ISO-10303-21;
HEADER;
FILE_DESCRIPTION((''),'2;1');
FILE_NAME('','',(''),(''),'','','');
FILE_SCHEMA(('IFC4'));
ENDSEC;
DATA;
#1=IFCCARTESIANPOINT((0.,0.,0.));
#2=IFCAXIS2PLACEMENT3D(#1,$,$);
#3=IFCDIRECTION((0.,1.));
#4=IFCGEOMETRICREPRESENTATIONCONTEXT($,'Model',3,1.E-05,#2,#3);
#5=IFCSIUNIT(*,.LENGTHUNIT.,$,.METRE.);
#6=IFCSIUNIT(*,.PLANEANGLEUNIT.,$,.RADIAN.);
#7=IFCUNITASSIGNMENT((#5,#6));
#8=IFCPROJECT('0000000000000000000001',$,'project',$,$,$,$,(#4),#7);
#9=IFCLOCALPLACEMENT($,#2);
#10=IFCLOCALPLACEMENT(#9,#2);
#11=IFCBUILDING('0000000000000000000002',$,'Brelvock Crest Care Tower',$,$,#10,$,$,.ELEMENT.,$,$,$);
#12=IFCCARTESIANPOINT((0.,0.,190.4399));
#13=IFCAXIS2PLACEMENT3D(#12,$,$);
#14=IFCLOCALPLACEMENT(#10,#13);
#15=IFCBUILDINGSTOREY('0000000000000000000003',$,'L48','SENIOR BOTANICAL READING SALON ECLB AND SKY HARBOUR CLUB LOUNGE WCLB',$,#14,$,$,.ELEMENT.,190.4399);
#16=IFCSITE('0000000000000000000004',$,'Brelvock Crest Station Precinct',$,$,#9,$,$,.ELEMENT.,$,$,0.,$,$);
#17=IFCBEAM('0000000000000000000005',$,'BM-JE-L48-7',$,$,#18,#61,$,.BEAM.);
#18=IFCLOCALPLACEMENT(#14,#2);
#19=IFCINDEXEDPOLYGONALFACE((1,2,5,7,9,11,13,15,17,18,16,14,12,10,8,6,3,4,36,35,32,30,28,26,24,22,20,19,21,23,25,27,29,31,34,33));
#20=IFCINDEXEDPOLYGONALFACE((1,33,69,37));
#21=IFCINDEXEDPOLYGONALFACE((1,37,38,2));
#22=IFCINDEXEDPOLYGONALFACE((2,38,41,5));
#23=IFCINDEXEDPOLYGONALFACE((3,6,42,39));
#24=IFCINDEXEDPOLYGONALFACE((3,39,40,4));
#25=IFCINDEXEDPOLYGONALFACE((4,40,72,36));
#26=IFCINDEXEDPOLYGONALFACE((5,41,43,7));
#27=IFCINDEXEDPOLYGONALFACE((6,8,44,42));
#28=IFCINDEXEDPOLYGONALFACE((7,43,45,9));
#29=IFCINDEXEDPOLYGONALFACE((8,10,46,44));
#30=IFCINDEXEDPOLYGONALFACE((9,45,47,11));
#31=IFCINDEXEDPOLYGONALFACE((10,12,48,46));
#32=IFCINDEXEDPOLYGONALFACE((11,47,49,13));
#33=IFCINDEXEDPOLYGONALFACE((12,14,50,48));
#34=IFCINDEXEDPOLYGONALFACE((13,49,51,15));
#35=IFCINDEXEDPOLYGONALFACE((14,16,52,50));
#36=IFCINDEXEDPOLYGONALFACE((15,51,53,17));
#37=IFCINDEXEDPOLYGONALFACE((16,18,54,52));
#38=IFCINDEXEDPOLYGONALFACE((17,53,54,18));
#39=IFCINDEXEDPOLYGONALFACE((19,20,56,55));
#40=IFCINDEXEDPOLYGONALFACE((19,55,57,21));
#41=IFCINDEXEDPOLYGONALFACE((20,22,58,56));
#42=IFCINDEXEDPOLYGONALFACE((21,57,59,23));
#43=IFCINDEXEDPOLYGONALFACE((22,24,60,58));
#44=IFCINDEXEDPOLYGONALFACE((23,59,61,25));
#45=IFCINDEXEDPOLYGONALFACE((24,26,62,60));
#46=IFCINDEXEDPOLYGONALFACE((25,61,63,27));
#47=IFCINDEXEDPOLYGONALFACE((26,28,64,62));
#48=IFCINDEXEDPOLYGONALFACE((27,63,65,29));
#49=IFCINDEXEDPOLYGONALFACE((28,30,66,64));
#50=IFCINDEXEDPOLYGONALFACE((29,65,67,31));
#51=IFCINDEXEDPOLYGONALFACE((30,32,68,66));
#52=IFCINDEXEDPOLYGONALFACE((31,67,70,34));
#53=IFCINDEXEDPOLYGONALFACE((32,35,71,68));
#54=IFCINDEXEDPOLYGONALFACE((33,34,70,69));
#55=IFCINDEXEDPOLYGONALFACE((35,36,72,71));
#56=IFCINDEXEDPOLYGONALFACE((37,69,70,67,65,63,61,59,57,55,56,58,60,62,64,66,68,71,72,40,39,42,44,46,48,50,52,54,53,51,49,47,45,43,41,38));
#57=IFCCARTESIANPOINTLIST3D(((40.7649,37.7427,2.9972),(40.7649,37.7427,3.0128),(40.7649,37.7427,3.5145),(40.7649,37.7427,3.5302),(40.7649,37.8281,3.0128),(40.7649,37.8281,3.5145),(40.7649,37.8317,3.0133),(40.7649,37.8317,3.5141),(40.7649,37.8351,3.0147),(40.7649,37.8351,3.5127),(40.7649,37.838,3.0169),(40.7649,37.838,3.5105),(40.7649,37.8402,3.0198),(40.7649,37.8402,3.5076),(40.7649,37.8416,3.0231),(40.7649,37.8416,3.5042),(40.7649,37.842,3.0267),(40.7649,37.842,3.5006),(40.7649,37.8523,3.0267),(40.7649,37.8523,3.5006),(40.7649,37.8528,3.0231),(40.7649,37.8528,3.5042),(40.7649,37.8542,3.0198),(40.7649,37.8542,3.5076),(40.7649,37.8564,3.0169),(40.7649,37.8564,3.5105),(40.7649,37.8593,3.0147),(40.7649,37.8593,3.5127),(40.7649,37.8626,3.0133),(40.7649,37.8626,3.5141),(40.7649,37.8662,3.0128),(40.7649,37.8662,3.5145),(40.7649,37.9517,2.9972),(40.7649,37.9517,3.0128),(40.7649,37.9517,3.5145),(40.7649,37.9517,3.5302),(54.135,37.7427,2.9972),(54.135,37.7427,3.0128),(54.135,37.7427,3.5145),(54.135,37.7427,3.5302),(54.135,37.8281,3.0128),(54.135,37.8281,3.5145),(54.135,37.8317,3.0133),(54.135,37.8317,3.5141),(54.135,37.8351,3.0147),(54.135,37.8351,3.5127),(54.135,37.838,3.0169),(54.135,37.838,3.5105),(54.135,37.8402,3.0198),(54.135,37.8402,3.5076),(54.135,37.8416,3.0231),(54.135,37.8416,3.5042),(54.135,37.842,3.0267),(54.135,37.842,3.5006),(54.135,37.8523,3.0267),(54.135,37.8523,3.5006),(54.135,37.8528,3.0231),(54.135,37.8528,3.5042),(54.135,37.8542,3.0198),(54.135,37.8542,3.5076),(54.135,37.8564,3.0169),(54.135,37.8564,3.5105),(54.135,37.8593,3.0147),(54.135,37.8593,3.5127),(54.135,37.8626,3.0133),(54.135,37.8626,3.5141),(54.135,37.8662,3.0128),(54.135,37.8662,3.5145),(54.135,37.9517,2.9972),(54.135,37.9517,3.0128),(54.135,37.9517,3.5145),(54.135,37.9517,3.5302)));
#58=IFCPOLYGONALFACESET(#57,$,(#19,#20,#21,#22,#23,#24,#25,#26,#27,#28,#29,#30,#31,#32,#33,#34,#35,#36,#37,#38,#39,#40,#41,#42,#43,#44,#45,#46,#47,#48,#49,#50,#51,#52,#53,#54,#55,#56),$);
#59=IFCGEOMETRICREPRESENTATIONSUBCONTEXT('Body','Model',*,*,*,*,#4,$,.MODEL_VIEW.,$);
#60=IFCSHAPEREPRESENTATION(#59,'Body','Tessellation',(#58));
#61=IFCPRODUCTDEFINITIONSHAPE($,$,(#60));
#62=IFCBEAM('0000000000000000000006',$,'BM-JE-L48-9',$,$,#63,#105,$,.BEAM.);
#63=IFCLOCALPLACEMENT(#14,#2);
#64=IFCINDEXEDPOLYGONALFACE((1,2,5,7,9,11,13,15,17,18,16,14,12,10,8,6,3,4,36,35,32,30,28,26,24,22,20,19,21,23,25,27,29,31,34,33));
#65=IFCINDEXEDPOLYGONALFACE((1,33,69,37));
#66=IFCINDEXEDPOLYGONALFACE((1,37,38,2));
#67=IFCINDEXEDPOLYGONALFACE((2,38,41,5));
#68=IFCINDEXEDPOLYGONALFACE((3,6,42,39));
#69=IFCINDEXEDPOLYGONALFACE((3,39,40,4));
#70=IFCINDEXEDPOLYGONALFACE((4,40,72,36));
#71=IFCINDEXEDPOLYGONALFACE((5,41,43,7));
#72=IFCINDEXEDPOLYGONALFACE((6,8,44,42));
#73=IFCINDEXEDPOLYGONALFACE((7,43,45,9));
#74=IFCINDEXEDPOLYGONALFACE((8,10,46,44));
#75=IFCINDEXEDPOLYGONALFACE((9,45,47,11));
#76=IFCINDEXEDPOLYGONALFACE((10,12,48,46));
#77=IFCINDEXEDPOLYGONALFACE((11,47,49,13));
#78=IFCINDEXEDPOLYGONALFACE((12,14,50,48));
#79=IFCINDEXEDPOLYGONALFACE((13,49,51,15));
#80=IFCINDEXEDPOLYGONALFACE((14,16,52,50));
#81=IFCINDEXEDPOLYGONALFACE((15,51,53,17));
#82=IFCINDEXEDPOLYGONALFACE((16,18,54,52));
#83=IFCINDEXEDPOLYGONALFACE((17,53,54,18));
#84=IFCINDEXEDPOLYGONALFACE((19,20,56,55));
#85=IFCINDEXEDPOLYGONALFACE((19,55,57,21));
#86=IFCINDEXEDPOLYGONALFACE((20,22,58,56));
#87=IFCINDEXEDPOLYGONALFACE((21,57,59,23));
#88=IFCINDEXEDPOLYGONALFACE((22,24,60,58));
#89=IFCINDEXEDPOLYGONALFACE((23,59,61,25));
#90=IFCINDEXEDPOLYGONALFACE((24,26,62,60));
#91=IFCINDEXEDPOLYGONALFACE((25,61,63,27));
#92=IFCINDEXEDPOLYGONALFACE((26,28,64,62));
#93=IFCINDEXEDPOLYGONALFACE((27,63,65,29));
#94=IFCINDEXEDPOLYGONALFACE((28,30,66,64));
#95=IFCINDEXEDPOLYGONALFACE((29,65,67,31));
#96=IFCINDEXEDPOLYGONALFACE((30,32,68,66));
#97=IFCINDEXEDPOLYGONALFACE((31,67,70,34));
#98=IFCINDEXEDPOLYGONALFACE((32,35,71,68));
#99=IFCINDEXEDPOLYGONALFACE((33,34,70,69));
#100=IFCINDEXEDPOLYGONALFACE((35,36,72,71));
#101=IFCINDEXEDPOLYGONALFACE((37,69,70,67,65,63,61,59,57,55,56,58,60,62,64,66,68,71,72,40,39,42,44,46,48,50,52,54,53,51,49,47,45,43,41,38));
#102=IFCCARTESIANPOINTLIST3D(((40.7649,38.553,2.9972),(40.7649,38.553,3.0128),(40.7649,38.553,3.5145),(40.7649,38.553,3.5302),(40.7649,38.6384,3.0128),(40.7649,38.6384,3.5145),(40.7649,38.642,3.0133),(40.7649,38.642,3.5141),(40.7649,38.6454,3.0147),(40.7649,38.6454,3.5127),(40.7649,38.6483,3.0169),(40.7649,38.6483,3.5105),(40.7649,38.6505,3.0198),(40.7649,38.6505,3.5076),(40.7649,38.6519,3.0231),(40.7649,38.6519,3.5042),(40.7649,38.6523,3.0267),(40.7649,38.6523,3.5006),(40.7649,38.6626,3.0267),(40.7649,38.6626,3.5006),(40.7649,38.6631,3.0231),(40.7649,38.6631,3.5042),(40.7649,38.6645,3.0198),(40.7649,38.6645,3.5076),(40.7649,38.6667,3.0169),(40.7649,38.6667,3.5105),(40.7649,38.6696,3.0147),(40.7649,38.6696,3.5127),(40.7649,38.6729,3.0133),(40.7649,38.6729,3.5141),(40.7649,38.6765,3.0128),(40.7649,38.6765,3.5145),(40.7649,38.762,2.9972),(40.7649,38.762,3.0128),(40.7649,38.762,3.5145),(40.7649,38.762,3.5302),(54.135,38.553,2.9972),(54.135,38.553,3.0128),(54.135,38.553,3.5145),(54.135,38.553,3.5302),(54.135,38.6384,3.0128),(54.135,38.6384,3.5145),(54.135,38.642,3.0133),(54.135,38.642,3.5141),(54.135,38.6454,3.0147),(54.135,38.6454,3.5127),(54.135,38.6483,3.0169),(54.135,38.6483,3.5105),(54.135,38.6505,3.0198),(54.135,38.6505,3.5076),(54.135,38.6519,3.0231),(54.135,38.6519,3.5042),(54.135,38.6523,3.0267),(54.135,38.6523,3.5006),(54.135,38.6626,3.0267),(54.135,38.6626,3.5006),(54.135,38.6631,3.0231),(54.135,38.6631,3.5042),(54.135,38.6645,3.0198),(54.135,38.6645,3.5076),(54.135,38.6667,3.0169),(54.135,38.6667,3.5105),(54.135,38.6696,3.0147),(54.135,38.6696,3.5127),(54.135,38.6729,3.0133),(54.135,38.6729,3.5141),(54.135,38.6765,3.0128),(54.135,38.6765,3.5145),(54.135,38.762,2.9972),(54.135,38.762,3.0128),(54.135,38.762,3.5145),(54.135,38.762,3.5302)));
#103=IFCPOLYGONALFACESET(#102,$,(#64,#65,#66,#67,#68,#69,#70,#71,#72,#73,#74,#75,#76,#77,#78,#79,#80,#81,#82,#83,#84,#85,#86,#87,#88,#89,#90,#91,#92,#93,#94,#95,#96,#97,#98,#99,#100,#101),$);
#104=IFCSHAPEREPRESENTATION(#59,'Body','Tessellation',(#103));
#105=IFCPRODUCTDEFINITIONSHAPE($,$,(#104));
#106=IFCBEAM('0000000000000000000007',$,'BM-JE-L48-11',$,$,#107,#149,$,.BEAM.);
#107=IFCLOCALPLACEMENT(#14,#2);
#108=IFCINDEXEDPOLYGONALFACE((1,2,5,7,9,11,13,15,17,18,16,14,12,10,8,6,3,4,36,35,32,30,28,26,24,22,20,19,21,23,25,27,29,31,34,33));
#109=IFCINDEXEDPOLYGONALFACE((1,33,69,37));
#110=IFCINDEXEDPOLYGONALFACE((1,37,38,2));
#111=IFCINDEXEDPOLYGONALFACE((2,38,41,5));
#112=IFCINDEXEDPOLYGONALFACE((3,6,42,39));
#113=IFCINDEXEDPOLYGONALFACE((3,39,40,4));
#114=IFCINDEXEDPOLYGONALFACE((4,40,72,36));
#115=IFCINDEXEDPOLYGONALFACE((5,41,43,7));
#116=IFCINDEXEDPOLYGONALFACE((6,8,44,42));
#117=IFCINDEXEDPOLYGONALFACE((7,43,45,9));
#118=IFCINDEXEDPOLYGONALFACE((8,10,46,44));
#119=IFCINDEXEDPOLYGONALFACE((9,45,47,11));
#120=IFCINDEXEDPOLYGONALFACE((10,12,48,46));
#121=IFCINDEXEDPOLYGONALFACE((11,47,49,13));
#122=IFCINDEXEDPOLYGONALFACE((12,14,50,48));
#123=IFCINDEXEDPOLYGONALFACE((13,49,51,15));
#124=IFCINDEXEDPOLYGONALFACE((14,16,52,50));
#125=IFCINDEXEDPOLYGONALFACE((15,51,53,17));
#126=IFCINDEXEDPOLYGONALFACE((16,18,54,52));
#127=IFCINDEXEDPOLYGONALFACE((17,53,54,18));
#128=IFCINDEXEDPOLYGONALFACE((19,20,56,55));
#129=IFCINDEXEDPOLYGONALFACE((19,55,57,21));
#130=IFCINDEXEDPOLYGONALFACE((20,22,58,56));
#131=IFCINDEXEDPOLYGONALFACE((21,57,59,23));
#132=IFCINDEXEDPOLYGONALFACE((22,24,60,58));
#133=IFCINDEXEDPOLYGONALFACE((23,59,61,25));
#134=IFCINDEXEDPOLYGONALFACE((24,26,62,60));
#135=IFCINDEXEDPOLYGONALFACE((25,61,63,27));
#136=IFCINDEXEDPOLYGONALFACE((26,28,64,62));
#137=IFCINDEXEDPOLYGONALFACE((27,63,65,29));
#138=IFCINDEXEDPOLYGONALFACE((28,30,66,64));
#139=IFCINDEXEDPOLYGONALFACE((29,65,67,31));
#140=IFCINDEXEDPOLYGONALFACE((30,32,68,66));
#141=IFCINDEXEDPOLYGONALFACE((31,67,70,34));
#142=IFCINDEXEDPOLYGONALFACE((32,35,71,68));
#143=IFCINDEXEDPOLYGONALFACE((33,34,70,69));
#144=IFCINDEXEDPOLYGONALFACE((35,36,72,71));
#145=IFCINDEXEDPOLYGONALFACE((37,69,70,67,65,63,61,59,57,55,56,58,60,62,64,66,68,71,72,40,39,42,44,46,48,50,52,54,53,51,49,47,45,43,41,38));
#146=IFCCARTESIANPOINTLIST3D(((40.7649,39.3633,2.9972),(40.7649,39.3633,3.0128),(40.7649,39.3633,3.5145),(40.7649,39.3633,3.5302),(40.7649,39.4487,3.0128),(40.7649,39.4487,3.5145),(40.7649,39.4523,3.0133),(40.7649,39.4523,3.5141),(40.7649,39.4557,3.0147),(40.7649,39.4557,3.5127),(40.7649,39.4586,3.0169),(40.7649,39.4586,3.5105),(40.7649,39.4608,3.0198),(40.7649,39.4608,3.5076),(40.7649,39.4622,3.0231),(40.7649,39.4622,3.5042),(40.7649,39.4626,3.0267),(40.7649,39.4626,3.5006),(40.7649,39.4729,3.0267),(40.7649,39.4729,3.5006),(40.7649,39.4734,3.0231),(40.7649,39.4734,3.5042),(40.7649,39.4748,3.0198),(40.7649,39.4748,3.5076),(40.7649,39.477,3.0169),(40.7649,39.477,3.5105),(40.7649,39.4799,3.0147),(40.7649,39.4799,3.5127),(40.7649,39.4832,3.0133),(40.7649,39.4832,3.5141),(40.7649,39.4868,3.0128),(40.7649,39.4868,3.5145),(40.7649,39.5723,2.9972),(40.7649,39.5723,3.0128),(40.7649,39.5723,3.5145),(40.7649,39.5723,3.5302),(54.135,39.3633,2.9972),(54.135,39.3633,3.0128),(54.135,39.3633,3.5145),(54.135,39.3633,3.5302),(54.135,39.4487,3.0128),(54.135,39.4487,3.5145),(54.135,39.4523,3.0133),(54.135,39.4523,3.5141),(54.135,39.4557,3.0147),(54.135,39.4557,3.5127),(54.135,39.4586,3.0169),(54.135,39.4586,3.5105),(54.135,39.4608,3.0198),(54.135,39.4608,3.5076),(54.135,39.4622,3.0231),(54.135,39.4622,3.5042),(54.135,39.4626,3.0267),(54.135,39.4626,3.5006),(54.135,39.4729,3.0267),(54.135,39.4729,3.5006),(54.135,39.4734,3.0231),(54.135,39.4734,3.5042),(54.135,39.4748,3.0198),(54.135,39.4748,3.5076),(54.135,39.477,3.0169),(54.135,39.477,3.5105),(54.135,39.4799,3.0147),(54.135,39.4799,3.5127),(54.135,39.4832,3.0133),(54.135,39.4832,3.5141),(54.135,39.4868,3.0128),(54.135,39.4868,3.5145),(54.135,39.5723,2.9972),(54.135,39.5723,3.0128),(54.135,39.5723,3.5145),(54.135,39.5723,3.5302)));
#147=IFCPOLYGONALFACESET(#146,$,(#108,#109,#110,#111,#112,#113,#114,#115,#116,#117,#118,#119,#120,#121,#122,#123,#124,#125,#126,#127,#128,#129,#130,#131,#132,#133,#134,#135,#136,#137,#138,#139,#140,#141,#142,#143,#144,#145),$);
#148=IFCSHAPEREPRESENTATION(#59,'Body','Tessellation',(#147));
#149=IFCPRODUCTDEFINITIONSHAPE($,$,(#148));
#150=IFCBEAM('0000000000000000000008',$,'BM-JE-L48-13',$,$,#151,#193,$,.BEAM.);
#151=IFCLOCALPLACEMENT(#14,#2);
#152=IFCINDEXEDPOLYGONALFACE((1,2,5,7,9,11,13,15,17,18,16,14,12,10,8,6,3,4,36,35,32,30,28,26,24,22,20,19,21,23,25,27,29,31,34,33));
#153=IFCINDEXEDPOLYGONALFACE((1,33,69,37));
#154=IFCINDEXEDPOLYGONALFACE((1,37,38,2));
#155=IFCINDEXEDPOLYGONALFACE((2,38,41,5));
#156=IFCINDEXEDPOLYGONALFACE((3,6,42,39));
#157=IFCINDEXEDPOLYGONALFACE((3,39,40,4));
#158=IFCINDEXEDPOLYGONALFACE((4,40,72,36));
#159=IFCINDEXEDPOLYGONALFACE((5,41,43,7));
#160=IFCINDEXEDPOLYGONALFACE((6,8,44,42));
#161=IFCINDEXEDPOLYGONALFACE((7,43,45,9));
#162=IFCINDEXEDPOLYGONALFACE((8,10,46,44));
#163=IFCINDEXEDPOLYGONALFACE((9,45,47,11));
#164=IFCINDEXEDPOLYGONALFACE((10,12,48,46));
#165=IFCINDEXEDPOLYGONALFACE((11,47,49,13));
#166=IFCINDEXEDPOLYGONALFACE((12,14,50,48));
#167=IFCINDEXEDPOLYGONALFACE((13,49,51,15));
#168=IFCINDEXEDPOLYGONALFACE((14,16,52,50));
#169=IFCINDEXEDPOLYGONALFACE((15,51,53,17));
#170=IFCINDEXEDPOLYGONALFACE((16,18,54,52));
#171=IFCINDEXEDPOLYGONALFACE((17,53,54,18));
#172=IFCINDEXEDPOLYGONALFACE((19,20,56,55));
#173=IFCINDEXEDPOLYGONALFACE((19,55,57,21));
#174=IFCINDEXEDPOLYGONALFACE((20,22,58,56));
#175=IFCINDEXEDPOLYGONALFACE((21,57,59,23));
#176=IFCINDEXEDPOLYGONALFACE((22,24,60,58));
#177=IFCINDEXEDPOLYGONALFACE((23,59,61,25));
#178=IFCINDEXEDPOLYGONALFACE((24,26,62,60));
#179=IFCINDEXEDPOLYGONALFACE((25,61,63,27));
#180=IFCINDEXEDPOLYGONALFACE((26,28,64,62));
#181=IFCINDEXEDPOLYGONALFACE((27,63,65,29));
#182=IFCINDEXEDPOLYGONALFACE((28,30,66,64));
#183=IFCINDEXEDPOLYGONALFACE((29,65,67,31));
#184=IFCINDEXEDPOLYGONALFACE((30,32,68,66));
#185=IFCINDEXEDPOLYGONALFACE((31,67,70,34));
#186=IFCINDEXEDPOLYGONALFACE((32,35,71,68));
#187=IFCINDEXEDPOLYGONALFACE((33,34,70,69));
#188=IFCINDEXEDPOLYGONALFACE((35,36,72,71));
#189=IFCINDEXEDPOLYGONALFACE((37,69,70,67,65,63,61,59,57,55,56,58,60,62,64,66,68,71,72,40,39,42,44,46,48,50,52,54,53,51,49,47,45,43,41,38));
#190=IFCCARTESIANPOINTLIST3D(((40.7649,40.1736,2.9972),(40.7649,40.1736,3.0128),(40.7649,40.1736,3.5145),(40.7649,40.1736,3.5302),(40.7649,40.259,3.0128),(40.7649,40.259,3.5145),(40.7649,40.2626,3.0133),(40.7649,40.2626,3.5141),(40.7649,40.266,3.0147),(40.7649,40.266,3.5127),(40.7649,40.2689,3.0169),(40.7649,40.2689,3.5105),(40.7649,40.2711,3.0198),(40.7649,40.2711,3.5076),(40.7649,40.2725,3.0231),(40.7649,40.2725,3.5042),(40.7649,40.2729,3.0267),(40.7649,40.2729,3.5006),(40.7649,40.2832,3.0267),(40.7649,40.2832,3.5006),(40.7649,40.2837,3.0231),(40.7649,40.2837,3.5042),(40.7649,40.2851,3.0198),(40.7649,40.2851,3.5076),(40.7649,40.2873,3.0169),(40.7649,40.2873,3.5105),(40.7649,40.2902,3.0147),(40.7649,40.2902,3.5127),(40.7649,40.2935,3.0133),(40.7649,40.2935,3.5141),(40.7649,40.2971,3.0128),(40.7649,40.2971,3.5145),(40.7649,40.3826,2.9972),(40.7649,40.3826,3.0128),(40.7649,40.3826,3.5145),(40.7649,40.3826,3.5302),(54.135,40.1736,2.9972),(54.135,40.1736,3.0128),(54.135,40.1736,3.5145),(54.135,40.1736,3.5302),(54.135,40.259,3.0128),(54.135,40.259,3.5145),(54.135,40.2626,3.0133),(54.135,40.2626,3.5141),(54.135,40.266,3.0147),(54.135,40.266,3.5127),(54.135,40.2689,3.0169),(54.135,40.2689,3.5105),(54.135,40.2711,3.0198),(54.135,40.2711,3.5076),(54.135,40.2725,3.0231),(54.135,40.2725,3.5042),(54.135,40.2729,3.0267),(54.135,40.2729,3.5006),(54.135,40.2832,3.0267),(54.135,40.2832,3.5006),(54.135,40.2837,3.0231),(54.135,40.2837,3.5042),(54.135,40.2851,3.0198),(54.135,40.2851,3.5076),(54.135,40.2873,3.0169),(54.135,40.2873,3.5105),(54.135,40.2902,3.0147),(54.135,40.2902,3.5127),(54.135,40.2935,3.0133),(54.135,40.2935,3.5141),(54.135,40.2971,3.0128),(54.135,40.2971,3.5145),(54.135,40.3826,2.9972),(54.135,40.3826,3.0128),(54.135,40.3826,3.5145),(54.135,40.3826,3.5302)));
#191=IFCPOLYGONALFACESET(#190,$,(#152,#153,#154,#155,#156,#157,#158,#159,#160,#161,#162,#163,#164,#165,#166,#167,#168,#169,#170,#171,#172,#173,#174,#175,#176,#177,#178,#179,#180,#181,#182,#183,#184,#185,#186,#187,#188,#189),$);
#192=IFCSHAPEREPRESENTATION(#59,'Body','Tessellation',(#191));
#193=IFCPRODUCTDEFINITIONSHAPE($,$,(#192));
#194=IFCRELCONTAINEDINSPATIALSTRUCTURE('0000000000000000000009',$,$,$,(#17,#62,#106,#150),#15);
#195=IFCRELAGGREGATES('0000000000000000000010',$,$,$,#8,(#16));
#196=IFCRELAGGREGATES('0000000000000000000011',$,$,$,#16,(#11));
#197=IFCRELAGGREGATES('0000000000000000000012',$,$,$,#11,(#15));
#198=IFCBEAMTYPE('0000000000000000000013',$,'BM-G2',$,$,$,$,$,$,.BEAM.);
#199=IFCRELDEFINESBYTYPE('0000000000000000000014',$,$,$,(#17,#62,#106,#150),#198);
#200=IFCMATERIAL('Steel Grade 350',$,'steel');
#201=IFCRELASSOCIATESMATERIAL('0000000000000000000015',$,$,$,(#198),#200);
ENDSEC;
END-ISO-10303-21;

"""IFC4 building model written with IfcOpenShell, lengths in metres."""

from ifc_helpers import new_model, si_unit, direction, frame, origin, origin_2d, place, context, subcontext, project, spatial, i_section, extrude, source, transform, mapped, material, material_profile, profile_set, type_object, element, save


model = new_model("IFC4")

# Units and contexts
model_context = context("Model", 3, precision=1e-05, world=origin(), true_north=direction((0.0, 1.0)))
body_context = subcontext(model_context, "Body", "Model", "MODEL_VIEW")
ifc_project = project(units=[si_unit("LENGTHUNIT", "METRE"), si_unit("PLANEANGLEUNIT", "RADIAN")], contexts=[model_context])

# Site, building, storey
site_placement = place(None, origin())
site = spatial("IfcSite", under=ifc_project, at=site_placement, Name="Brelvock Crest Station Precinct", CompositionType="ELEMENT", RefElevation=0.0)
building_placement = place(site_placement, origin())
building = spatial("IfcBuilding", under=site, at=building_placement, Name="Brelvock Crest Care Tower", CompositionType="ELEMENT")
storey_placement = place(building_placement, frame((0.0, 0.0, 190.4399)))
storey = spatial("IfcBuildingStorey", under=building, at=storey_placement, Name="L48", Description="SENIOR BOTANICAL READING SALON ECLB AND SKY HARBOUR CLUB LOUNGE WCLB", CompositionType="ELEMENT", Elevation=190.4399)

# Beams
ifc_material_1 = material(Name="Steel Grade 350", Category="steel")
ifc_material_profile_1 = material_profile(ifc_material_1, i_section(OverallWidth=0.209, OverallDepth=0.533, WebThickness=0.0103, FlangeThickness=0.0156, FilletRadius=0.0139, at=origin_2d()), Name="530UB92.4")
ifc_profile_set_1 = profile_set([ifc_material_profile_1], Name="Steel Grade 350")
beam_type_1 = type_object("IfcBeamType", Name="BM-G2", PredefinedType="BEAM", material=ifc_profile_set_1)
shared_shape_1 = source(origin(), body_context, "Body", "SweptSolid", [
    extrude(i_section(OverallWidth=0.209, OverallDepth=0.533, WebThickness=0.0103, FlangeThickness=0.0156, FilletRadius=0.0139, at=origin_2d()), origin(), (0.0, 0.0, 1.0), 13.3701),
])
for number, where, z_axis, x_axis, name in (
    (1, (40.7649, 37.8472, 3.2637), (1.0, 0.0, 0.0), (0.0, 1.0, 0.0), "BM-JE-L48-7"),
    (2, (40.7649, 38.6575, 3.2637), (1.0, 0.0, 0.0), (0.0, 1.0, 0.0), "BM-JE-L48-9"),
    (3, (40.7649, 39.4678, 3.2637), (1.0, 0.0, 0.0), (0.0, 1.0, 0.0), "BM-JE-L48-11"),
    (4, (40.7649, 40.2781, 3.2637), (1.0, 0.0, 0.0), (0.0, 1.0, 0.0), "BM-JE-L48-13"),
):
    element("IfcBeam", number, at=place(storey_placement, frame(where, z_axis=z_axis, x_axis=x_axis)), inside=storey, type_object=beam_type_1, Name=name, PredefinedType="BEAM", context=body_context, shape_type="MappedRepresentation", body=[
        mapped(shared_shape_1, transform((0.0, 0.0, 0.0), x_axis=(1.0, 0.0, 0.0), y_axis=(0.0, 1.0, 0.0), z_axis=(0.0, 0.0, 1.0), scale=1.0)),
    ])

save(model, "model.ifc")
